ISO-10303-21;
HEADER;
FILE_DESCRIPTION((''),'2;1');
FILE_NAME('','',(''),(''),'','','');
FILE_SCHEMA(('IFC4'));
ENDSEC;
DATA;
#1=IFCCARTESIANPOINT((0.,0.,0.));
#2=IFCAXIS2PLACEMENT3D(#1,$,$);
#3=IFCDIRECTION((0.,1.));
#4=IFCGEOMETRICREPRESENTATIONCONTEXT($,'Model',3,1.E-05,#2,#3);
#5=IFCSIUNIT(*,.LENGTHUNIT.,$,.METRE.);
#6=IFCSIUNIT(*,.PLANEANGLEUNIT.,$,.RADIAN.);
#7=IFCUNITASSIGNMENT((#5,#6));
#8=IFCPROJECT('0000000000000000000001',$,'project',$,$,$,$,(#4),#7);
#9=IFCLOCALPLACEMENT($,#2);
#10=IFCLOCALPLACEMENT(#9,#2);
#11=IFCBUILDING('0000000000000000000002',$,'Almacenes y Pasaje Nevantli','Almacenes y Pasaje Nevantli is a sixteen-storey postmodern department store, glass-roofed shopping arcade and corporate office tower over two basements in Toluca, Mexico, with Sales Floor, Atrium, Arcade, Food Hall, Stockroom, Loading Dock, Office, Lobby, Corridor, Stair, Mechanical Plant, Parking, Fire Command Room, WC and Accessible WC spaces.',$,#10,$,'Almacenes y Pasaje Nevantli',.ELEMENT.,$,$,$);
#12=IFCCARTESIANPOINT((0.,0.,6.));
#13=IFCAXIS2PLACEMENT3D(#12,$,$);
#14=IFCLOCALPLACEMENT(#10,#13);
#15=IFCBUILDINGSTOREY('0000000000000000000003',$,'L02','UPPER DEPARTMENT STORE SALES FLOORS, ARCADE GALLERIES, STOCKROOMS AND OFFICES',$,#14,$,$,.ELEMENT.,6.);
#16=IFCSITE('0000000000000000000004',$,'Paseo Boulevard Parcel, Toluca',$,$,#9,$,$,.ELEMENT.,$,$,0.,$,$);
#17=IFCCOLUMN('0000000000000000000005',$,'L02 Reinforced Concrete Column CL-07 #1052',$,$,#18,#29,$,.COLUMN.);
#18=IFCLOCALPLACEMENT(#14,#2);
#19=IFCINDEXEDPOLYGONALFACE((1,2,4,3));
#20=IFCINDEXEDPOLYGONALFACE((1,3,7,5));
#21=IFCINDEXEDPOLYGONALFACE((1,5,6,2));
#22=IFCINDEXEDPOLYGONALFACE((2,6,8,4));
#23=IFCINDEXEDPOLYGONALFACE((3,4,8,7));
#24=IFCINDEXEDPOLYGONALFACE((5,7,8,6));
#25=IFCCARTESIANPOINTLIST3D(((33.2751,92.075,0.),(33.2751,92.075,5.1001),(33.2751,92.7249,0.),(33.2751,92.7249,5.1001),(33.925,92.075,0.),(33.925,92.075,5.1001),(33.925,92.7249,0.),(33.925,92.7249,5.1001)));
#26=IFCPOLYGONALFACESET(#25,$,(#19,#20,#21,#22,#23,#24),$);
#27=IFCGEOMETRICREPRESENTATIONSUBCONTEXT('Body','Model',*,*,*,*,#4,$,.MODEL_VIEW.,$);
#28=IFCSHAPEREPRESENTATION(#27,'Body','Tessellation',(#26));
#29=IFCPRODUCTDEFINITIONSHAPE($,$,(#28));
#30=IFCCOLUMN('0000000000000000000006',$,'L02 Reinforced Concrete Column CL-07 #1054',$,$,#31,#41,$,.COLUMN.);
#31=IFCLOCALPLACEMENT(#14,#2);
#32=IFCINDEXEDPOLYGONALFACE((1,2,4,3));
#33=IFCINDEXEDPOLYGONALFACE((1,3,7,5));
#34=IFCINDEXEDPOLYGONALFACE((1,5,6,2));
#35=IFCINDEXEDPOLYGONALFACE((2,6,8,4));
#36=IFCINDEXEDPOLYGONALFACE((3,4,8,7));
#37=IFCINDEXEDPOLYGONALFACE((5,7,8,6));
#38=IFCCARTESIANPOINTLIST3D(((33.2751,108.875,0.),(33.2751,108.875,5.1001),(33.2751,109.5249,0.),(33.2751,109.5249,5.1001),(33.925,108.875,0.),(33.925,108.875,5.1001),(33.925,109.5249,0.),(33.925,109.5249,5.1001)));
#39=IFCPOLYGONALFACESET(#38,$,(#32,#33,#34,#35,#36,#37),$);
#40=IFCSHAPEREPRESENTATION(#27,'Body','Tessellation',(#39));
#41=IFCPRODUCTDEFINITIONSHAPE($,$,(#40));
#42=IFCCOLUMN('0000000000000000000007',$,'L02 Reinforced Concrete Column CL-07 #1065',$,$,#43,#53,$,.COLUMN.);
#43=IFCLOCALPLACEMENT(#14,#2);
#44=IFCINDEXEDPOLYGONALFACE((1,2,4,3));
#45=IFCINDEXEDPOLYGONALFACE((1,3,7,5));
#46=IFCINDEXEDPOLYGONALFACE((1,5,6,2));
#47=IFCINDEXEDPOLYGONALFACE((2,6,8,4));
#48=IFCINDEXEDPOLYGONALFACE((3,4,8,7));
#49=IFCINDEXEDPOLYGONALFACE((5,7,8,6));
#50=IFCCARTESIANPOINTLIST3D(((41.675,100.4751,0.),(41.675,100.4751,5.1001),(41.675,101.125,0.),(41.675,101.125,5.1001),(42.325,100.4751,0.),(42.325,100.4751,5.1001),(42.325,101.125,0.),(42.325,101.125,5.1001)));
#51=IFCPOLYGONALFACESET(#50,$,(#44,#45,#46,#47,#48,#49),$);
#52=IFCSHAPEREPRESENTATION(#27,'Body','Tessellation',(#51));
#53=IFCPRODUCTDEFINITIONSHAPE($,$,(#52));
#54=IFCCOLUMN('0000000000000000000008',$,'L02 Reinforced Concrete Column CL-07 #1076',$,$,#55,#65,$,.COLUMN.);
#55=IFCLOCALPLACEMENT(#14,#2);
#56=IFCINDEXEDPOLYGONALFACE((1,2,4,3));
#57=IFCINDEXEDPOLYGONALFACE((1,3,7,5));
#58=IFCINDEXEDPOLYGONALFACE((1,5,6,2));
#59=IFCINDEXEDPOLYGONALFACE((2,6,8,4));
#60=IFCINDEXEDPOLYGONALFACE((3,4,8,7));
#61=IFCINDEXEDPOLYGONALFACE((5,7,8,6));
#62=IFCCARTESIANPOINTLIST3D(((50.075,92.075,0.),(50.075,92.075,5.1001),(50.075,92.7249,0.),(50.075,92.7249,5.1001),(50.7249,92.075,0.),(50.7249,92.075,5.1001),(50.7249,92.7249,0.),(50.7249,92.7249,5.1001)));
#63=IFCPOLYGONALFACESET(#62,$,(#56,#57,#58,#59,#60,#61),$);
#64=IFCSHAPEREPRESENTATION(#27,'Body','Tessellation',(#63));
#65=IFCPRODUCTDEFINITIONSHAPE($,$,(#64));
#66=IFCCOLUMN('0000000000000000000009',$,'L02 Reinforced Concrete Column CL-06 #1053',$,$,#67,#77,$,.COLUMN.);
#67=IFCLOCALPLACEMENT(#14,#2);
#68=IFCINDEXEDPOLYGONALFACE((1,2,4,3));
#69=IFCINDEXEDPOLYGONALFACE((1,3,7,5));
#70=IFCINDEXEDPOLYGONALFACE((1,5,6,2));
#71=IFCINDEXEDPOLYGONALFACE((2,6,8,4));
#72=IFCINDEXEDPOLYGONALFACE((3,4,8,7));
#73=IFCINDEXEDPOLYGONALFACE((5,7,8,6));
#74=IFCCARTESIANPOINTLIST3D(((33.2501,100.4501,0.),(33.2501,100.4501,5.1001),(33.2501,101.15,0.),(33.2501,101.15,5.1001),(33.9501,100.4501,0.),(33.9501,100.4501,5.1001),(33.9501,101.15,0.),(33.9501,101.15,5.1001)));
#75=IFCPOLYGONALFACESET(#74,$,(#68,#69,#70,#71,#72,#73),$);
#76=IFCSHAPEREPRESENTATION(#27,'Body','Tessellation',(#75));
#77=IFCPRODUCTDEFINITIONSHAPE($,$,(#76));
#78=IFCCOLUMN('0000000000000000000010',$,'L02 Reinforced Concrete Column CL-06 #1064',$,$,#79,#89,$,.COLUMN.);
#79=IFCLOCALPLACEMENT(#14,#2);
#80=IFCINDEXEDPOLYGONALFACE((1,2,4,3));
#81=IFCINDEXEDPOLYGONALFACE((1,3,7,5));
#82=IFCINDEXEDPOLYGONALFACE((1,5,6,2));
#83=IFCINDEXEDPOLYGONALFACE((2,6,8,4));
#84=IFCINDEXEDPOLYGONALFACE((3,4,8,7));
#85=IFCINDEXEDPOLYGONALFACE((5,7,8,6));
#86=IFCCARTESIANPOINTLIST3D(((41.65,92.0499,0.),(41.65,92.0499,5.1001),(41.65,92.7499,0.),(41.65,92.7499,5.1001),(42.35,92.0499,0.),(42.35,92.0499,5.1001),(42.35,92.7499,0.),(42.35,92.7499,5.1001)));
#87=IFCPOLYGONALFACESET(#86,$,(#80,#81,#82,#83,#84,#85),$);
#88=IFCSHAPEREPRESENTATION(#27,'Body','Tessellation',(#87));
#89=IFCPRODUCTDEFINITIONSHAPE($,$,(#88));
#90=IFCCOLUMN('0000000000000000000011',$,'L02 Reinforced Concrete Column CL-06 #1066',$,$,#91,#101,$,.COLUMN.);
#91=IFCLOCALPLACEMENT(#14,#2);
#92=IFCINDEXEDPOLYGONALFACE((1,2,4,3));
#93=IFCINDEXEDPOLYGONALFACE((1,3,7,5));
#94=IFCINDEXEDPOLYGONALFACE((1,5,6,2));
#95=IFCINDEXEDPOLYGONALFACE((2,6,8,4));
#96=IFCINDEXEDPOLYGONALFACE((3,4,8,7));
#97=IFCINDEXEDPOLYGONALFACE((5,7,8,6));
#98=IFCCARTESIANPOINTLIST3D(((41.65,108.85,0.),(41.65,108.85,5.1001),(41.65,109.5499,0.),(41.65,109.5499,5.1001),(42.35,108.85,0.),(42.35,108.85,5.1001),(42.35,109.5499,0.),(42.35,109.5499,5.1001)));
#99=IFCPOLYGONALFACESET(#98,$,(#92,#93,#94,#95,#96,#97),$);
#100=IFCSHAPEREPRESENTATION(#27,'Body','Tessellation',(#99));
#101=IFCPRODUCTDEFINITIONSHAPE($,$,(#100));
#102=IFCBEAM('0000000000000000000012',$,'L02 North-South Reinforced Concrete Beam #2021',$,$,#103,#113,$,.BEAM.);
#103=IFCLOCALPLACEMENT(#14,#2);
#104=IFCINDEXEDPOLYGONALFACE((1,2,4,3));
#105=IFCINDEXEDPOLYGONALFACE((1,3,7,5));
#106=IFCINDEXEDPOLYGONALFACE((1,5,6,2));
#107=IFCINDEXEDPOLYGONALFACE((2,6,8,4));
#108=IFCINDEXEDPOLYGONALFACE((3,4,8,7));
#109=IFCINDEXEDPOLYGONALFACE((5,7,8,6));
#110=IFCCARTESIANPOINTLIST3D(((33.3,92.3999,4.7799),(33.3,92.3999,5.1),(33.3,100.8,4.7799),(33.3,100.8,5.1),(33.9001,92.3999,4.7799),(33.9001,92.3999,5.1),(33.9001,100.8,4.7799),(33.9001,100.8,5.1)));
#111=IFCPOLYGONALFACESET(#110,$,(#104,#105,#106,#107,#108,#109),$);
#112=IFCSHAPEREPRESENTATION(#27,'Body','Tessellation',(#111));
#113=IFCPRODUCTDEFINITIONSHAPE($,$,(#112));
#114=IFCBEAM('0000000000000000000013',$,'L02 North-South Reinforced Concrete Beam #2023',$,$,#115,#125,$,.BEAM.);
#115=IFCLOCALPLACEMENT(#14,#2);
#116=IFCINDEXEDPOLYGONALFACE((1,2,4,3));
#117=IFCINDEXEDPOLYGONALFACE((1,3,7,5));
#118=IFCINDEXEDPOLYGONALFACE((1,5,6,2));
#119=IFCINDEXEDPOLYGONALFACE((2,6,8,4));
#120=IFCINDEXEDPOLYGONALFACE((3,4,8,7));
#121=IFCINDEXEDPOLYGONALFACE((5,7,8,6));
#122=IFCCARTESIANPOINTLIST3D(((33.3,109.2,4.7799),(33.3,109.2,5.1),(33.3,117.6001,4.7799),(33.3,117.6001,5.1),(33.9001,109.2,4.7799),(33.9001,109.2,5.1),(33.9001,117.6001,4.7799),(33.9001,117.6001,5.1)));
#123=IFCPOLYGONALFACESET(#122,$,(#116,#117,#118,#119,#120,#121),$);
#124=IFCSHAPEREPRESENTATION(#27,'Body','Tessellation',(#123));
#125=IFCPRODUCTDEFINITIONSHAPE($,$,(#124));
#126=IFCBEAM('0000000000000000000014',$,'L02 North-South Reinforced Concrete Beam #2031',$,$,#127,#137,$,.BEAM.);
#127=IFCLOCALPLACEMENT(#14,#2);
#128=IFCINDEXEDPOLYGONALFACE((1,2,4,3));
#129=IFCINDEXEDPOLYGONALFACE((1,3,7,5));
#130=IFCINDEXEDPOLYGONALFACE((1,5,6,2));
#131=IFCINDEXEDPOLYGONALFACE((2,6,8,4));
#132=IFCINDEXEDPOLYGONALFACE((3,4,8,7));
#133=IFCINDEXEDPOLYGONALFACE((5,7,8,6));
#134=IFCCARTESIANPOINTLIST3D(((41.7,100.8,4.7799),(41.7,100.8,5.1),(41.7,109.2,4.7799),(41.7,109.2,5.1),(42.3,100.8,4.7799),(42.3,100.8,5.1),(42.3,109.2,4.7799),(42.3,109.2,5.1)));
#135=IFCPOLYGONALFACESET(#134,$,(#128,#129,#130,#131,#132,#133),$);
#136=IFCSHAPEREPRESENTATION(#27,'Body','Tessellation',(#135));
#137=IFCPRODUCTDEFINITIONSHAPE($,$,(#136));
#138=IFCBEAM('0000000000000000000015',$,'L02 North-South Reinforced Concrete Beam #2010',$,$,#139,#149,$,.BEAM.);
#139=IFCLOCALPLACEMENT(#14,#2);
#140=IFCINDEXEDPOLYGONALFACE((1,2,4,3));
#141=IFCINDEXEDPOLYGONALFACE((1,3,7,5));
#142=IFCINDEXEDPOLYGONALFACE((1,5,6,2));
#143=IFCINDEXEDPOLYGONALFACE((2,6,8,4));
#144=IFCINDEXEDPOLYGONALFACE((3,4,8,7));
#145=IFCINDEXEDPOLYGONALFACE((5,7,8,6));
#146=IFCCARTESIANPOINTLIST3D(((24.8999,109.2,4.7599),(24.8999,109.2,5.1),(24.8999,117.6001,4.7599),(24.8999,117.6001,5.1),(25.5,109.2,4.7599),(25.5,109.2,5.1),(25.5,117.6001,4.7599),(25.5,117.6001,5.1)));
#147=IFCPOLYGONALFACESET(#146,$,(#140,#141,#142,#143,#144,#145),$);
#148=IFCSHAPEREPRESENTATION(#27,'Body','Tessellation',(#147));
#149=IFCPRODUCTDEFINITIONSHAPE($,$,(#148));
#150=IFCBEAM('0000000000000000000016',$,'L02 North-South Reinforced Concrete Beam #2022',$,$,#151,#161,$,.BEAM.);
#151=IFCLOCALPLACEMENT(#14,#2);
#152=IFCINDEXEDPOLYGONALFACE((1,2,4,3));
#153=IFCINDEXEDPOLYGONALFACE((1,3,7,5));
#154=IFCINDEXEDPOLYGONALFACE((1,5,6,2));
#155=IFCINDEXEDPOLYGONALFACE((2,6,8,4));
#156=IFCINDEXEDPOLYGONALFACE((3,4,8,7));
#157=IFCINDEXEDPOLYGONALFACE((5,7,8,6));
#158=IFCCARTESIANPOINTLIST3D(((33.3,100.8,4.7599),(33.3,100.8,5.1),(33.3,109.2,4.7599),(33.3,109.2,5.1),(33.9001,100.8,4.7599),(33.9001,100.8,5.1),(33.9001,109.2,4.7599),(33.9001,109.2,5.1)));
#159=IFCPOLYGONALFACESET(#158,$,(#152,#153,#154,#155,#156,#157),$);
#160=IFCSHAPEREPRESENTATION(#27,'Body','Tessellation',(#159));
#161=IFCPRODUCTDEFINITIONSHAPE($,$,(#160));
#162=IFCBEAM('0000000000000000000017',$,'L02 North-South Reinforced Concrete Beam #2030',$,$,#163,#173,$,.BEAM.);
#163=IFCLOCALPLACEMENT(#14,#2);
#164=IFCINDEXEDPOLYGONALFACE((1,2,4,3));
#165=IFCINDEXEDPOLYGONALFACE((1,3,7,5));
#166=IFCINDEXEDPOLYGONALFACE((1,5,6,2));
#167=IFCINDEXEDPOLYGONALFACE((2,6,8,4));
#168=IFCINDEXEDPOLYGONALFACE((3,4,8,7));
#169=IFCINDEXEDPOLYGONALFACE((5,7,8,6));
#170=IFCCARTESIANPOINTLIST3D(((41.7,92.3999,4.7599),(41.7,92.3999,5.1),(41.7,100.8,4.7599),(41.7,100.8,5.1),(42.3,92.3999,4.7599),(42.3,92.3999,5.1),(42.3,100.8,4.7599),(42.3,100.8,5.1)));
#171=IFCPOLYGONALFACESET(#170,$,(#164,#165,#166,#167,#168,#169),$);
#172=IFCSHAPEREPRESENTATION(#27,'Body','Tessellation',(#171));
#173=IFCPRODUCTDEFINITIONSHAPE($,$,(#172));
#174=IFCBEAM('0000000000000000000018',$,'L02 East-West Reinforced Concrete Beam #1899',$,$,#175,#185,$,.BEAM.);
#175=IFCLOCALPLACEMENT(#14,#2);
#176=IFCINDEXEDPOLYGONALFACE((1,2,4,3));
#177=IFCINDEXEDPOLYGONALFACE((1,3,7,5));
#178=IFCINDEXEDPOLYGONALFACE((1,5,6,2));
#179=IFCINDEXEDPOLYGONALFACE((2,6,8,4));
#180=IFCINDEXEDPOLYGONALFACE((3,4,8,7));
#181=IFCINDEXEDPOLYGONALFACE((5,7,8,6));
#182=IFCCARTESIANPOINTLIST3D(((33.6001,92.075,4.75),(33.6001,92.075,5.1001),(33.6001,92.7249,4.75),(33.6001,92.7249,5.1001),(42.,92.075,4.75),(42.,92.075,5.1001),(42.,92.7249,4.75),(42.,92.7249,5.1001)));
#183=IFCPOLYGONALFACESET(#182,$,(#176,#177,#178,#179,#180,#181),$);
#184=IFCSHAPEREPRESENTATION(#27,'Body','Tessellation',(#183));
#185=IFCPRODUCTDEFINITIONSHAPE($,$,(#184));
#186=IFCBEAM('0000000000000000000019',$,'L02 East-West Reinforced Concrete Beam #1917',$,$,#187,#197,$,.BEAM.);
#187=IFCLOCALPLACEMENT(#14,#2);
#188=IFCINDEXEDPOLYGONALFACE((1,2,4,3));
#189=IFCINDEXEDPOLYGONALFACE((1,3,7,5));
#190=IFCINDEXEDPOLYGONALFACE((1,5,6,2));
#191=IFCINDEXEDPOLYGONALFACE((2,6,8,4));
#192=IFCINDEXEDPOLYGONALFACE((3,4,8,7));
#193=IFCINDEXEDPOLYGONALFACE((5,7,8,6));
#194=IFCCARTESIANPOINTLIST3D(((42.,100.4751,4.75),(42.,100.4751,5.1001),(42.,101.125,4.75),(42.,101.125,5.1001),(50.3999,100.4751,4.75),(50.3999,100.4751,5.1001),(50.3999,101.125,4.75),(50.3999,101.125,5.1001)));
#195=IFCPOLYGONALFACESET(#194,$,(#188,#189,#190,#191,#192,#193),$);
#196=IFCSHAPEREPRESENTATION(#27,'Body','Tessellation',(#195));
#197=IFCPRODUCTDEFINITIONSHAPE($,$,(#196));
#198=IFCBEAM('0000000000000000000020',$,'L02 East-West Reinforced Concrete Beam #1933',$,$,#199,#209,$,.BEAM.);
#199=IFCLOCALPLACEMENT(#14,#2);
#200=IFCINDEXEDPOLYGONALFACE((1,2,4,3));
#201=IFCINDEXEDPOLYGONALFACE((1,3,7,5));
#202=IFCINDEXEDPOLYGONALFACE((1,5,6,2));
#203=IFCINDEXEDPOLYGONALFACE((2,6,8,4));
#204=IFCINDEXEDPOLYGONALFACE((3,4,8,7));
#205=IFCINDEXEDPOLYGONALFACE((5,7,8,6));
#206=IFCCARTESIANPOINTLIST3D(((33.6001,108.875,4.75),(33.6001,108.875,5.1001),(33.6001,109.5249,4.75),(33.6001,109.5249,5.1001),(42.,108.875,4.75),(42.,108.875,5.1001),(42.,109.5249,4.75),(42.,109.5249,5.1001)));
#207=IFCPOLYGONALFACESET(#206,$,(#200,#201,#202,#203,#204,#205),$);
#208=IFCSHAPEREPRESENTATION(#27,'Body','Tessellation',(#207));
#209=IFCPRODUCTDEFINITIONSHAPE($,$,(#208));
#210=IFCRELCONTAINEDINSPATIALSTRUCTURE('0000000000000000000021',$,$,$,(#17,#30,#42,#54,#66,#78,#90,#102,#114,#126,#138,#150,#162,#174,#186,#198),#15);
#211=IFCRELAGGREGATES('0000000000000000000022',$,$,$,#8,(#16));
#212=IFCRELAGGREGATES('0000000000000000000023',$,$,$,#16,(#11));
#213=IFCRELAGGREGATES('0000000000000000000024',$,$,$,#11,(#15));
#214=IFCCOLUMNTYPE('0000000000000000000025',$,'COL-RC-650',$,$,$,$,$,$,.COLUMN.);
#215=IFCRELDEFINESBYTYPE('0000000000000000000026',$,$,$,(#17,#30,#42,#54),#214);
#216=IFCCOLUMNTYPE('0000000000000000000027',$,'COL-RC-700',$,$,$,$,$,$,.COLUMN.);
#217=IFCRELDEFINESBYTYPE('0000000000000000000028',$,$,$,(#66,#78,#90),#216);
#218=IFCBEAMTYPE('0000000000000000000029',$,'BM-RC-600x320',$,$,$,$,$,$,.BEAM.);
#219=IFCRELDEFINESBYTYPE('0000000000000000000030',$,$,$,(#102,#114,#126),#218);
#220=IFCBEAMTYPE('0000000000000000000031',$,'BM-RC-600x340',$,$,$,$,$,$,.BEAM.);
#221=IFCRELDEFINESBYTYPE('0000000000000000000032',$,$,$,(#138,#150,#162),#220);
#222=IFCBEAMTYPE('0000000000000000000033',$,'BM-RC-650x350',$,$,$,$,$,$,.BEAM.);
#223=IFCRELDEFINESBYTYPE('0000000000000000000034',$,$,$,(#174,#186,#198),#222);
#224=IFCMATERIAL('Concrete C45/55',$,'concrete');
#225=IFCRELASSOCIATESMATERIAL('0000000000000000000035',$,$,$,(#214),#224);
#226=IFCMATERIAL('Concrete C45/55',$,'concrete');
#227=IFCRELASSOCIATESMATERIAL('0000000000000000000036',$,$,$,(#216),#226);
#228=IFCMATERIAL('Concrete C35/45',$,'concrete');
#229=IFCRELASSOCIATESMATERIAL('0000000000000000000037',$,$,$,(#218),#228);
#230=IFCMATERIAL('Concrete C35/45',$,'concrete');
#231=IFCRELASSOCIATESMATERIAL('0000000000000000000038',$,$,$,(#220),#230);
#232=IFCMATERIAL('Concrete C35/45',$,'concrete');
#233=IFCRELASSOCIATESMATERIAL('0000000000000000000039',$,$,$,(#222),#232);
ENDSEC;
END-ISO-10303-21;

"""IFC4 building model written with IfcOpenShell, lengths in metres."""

from ifc_helpers import new_model, si_unit, direction, frame, origin, origin_2d, place, context, subcontext, project, spatial, rectangle, extrude, material, material_profile, profile_set, type_object, element, save


model = new_model("IFC4")

# Units and contexts
model_context = context("Model", 3, precision=1e-05, world=origin(), true_north=direction((0.0, 1.0)))
body_context = subcontext(model_context, "Body", "Model", "MODEL_VIEW")
ifc_project = project(units=[si_unit("LENGTHUNIT", "METRE"), si_unit("PLANEANGLEUNIT", "RADIAN")], contexts=[model_context])

# Site, building, storey
site_placement = place(None, origin())
site = spatial("IfcSite", under=ifc_project, at=site_placement, Name="Paseo Boulevard Parcel, Toluca", CompositionType="ELEMENT", RefElevation=0.0)
building_placement = place(site_placement, origin())
building = spatial("IfcBuilding", under=site, at=building_placement, Name="Almacenes y Pasaje Nevantli", Description="Almacenes y Pasaje Nevantli is a sixteen-storey postmodern department store, glass-roofed shopping arcade and corporate office tower over two basements in Toluca, Mexico, with Sales Floor, Atrium, Arcade, Food Hall, Stockroom, Loading Dock, Office, Lobby, Corridor, Stair, Mechanical Plant, Parking, Fire Command Room, WC and Accessible WC spaces.", LongName="Almacenes y Pasaje Nevantli", CompositionType="ELEMENT")
storey_placement = place(building_placement, frame((0.0, 0.0, 6.0)))
storey = spatial("IfcBuildingStorey", under=building, at=storey_placement, Name="L02", Description="UPPER DEPARTMENT STORE SALES FLOORS, ARCADE GALLERIES, STOCKROOMS AND OFFICES", CompositionType="ELEMENT", Elevation=6.0)

# Columns
ifc_material_1 = material(Name="Concrete C45/55", Category="concrete")
ifc_material_profile_1 = material_profile(ifc_material_1, rectangle(XDim=0.6499, YDim=0.6499, at=origin_2d()), Name="RC-COL-650x650")
ifc_profile_set_1 = profile_set([ifc_material_profile_1], Name="Concrete C45/55")
column_type_1 = type_object("IfcColumnType", Name="COL-RC-650", PredefinedType="COLUMN", material=ifc_profile_set_1)
for number, where, z_axis, x_axis, name in (
    (1, (33.6001, 92.3999, 0.0), (0.0, 0.0, 1.0), (1.0, 0.0, 0.0), "L02 Reinforced Concrete Column CL-07 #1052"),
    (2, (33.6001, 109.2, 0.0), (0.0, 0.0, 1.0), (1.0, 0.0, 0.0), "L02 Reinforced Concrete Column CL-07 #1054"),
    (3, (42.0, 100.8, 0.0), (0.0, 0.0, 1.0), (1.0, 0.0, 0.0), "L02 Reinforced Concrete Column CL-07 #1065"),
    (4, (50.3999, 92.3999, 0.0), (0.0, 0.0, 1.0), (1.0, 0.0, 0.0), "L02 Reinforced Concrete Column CL-07 #1076"),
):
    element("IfcColumn", number, at=place(storey_placement, frame(where, z_axis=z_axis, x_axis=x_axis)), inside=storey, type_object=column_type_1, Name=name, PredefinedType="COLUMN", context=body_context, shape_type="SweptSolid", body=[
        extrude(rectangle(XDim=0.6499, YDim=0.6499, at=origin_2d()), origin(), (0.0, 0.0, 1.0), 5.1001),
    ])
ifc_material_2 = material(Name="Concrete C45/55", Category="concrete")
ifc_material_profile_2 = material_profile(ifc_material_2, rectangle(XDim=0.7, YDim=0.7, at=origin_2d()), Name="RC-COL-700x700")
ifc_profile_set_2 = profile_set([ifc_material_profile_2], Name="Concrete C45/55")
column_type_2 = type_object("IfcColumnType", Name="COL-RC-700", PredefinedType="COLUMN", material=ifc_profile_set_2)
for number, where, z_axis, x_axis, name in (
    (5, (33.6001, 100.8, 0.0), (0.0, 0.0, 1.0), (1.0, 0.0, 0.0), "L02 Reinforced Concrete Column CL-06 #1053"),
    (6, (42.0, 92.3999, 0.0), (0.0, 0.0, 1.0), (1.0, 0.0, 0.0), "L02 Reinforced Concrete Column CL-06 #1064"),
    (7, (42.0, 109.2, 0.0), (0.0, 0.0, 1.0), (1.0, 0.0, 0.0), "L02 Reinforced Concrete Column CL-06 #1066"),
):
    element("IfcColumn", number, at=place(storey_placement, frame(where, z_axis=z_axis, x_axis=x_axis)), inside=storey, type_object=column_type_2, Name=name, PredefinedType="COLUMN", context=body_context, shape_type="SweptSolid", body=[
        extrude(rectangle(XDim=0.7, YDim=0.7, at=origin_2d()), origin(), (0.0, 0.0, 1.0), 5.1001),
    ])

# Beams
ifc_material_3 = material(Name="Concrete C35/45", Category="concrete")
ifc_material_profile_3 = material_profile(ifc_material_3, rectangle(XDim=0.6001, YDim=0.3201, at=origin_2d()), Name="RC-BM-600x320")
ifc_profile_set_3 = profile_set([ifc_material_profile_3], Name="Concrete C35/45")
beam_type_1 = type_object("IfcBeamType", Name="BM-RC-600x320", PredefinedType="BEAM", material=ifc_profile_set_3)
for number, where, z_axis, x_axis, name in (
    (8, (33.6001, 92.3999, 4.9399), (0.0, 1.0, 0.0), (-1.0, 0.0, 0.0), "L02 North-South Reinforced Concrete Beam #2021"),
    (9, (33.6001, 109.2, 4.9399), (0.0, 1.0, 0.0), (-1.0, 0.0, 0.0), "L02 North-South Reinforced Concrete Beam #2023"),
):
    element("IfcBeam", number, at=place(storey_placement, frame(where, z_axis=z_axis, x_axis=x_axis)), inside=storey, type_object=beam_type_1, Name=name, PredefinedType="BEAM", context=body_context, shape_type="SweptSolid", body=[
        extrude(rectangle(XDim=0.6001, YDim=0.3201, at=origin_2d()), origin(), (0.0, 0.0, 1.0), 8.4001),
    ])
beam_1_placement = place(storey_placement, frame((42.0, 100.8, 4.9399), z_axis=(0.0, 1.0, 0.0), x_axis=(-1.0, 0.0, 0.0)))
element("IfcBeam", 10, at=beam_1_placement, inside=storey, type_object=beam_type_1, Name="L02 North-South Reinforced Concrete Beam #2031", PredefinedType="BEAM", context=body_context, shape_type="SweptSolid", body=[
    extrude(rectangle(XDim=0.6001, YDim=0.3201, at=origin_2d()), origin(), (0.0, 0.0, 1.0), 8.3999),
])
ifc_material_4 = material(Name="Concrete C35/45", Category="concrete")
ifc_material_profile_4 = material_profile(ifc_material_4, rectangle(XDim=0.6001, YDim=0.3401, at=origin_2d()), Name="RC-BM-600x340")
ifc_profile_set_4 = profile_set([ifc_material_profile_4], Name="Concrete C35/45")
beam_type_2 = type_object("IfcBeamType", Name="BM-RC-600x340", PredefinedType="BEAM", material=ifc_profile_set_4)
beam_2_placement = place(storey_placement, frame((25.2, 109.2, 4.9299), z_axis=(0.0, 1.0, 0.0), x_axis=(-1.0, 0.0, 0.0)))
element("IfcBeam", 11, at=beam_2_placement, inside=storey, type_object=beam_type_2, Name="L02 North-South Reinforced Concrete Beam #2010", PredefinedType="BEAM", context=body_context, shape_type="SweptSolid", body=[
    extrude(rectangle(XDim=0.6001, YDim=0.3401, at=origin_2d()), origin(), (0.0, 0.0, 1.0), 8.4001),
])
beam_3_placement = place(storey_placement, frame((33.6001, 100.8, 4.9299), z_axis=(0.0, 1.0, 0.0), x_axis=(-1.0, 0.0, 0.0)))
element("IfcBeam", 12, at=beam_3_placement, inside=storey, type_object=beam_type_2, Name="L02 North-South Reinforced Concrete Beam #2022", PredefinedType="BEAM", context=body_context, shape_type="SweptSolid", body=[
    extrude(rectangle(XDim=0.6001, YDim=0.3401, at=origin_2d()), origin(), (0.0, 0.0, 1.0), 8.3999),
])
beam_4_placement = place(storey_placement, frame((42.0, 92.3999, 4.9299), z_axis=(0.0, 1.0, 0.0), x_axis=(-1.0, 0.0, 0.0)))
element("IfcBeam", 13, at=beam_4_placement, inside=storey, type_object=beam_type_2, Name="L02 North-South Reinforced Concrete Beam #2030", PredefinedType="BEAM", context=body_context, shape_type="SweptSolid", body=[
    extrude(rectangle(XDim=0.6001, YDim=0.3401, at=origin_2d()), origin(), (0.0, 0.0, 1.0), 8.4001),
])
ifc_material_5 = material(Name="Concrete C35/45", Category="concrete")
ifc_material_profile_5 = material_profile(ifc_material_5, rectangle(XDim=0.6499, YDim=0.3501, at=origin_2d()), Name="RC-BM-650x350")
ifc_profile_set_5 = profile_set([ifc_material_profile_5], Name="Concrete C35/45")
beam_type_3 = type_object("IfcBeamType", Name="BM-RC-650x350", PredefinedType="BEAM", material=ifc_profile_set_5)
for number, where, z_axis, x_axis, name in (
    (14, (33.6001, 92.3999, 4.925), (1.0, 0.0, 0.0), (0.0, 1.0, 0.0), "L02 East-West Reinforced Concrete Beam #1899"),
    (15, (42.0, 100.8, 4.925), (1.0, 0.0, 0.0), (0.0, 1.0, 0.0), "L02 East-West Reinforced Concrete Beam #1917"),
    (16, (33.6001, 109.2, 4.925), (1.0, 0.0, 0.0), (0.0, 1.0, 0.0), "L02 East-West Reinforced Concrete Beam #1933"),
):
    element("IfcBeam", number, at=place(storey_placement, frame(where, z_axis=z_axis, x_axis=x_axis)), inside=storey, type_object=beam_type_3, Name=name, PredefinedType="BEAM", context=body_context, shape_type="SweptSolid", body=[
        extrude(rectangle(XDim=0.6499, YDim=0.3501, at=origin_2d()), origin(), (0.0, 0.0, 1.0), 8.3999),
    ])

save(model, "model.ifc")
